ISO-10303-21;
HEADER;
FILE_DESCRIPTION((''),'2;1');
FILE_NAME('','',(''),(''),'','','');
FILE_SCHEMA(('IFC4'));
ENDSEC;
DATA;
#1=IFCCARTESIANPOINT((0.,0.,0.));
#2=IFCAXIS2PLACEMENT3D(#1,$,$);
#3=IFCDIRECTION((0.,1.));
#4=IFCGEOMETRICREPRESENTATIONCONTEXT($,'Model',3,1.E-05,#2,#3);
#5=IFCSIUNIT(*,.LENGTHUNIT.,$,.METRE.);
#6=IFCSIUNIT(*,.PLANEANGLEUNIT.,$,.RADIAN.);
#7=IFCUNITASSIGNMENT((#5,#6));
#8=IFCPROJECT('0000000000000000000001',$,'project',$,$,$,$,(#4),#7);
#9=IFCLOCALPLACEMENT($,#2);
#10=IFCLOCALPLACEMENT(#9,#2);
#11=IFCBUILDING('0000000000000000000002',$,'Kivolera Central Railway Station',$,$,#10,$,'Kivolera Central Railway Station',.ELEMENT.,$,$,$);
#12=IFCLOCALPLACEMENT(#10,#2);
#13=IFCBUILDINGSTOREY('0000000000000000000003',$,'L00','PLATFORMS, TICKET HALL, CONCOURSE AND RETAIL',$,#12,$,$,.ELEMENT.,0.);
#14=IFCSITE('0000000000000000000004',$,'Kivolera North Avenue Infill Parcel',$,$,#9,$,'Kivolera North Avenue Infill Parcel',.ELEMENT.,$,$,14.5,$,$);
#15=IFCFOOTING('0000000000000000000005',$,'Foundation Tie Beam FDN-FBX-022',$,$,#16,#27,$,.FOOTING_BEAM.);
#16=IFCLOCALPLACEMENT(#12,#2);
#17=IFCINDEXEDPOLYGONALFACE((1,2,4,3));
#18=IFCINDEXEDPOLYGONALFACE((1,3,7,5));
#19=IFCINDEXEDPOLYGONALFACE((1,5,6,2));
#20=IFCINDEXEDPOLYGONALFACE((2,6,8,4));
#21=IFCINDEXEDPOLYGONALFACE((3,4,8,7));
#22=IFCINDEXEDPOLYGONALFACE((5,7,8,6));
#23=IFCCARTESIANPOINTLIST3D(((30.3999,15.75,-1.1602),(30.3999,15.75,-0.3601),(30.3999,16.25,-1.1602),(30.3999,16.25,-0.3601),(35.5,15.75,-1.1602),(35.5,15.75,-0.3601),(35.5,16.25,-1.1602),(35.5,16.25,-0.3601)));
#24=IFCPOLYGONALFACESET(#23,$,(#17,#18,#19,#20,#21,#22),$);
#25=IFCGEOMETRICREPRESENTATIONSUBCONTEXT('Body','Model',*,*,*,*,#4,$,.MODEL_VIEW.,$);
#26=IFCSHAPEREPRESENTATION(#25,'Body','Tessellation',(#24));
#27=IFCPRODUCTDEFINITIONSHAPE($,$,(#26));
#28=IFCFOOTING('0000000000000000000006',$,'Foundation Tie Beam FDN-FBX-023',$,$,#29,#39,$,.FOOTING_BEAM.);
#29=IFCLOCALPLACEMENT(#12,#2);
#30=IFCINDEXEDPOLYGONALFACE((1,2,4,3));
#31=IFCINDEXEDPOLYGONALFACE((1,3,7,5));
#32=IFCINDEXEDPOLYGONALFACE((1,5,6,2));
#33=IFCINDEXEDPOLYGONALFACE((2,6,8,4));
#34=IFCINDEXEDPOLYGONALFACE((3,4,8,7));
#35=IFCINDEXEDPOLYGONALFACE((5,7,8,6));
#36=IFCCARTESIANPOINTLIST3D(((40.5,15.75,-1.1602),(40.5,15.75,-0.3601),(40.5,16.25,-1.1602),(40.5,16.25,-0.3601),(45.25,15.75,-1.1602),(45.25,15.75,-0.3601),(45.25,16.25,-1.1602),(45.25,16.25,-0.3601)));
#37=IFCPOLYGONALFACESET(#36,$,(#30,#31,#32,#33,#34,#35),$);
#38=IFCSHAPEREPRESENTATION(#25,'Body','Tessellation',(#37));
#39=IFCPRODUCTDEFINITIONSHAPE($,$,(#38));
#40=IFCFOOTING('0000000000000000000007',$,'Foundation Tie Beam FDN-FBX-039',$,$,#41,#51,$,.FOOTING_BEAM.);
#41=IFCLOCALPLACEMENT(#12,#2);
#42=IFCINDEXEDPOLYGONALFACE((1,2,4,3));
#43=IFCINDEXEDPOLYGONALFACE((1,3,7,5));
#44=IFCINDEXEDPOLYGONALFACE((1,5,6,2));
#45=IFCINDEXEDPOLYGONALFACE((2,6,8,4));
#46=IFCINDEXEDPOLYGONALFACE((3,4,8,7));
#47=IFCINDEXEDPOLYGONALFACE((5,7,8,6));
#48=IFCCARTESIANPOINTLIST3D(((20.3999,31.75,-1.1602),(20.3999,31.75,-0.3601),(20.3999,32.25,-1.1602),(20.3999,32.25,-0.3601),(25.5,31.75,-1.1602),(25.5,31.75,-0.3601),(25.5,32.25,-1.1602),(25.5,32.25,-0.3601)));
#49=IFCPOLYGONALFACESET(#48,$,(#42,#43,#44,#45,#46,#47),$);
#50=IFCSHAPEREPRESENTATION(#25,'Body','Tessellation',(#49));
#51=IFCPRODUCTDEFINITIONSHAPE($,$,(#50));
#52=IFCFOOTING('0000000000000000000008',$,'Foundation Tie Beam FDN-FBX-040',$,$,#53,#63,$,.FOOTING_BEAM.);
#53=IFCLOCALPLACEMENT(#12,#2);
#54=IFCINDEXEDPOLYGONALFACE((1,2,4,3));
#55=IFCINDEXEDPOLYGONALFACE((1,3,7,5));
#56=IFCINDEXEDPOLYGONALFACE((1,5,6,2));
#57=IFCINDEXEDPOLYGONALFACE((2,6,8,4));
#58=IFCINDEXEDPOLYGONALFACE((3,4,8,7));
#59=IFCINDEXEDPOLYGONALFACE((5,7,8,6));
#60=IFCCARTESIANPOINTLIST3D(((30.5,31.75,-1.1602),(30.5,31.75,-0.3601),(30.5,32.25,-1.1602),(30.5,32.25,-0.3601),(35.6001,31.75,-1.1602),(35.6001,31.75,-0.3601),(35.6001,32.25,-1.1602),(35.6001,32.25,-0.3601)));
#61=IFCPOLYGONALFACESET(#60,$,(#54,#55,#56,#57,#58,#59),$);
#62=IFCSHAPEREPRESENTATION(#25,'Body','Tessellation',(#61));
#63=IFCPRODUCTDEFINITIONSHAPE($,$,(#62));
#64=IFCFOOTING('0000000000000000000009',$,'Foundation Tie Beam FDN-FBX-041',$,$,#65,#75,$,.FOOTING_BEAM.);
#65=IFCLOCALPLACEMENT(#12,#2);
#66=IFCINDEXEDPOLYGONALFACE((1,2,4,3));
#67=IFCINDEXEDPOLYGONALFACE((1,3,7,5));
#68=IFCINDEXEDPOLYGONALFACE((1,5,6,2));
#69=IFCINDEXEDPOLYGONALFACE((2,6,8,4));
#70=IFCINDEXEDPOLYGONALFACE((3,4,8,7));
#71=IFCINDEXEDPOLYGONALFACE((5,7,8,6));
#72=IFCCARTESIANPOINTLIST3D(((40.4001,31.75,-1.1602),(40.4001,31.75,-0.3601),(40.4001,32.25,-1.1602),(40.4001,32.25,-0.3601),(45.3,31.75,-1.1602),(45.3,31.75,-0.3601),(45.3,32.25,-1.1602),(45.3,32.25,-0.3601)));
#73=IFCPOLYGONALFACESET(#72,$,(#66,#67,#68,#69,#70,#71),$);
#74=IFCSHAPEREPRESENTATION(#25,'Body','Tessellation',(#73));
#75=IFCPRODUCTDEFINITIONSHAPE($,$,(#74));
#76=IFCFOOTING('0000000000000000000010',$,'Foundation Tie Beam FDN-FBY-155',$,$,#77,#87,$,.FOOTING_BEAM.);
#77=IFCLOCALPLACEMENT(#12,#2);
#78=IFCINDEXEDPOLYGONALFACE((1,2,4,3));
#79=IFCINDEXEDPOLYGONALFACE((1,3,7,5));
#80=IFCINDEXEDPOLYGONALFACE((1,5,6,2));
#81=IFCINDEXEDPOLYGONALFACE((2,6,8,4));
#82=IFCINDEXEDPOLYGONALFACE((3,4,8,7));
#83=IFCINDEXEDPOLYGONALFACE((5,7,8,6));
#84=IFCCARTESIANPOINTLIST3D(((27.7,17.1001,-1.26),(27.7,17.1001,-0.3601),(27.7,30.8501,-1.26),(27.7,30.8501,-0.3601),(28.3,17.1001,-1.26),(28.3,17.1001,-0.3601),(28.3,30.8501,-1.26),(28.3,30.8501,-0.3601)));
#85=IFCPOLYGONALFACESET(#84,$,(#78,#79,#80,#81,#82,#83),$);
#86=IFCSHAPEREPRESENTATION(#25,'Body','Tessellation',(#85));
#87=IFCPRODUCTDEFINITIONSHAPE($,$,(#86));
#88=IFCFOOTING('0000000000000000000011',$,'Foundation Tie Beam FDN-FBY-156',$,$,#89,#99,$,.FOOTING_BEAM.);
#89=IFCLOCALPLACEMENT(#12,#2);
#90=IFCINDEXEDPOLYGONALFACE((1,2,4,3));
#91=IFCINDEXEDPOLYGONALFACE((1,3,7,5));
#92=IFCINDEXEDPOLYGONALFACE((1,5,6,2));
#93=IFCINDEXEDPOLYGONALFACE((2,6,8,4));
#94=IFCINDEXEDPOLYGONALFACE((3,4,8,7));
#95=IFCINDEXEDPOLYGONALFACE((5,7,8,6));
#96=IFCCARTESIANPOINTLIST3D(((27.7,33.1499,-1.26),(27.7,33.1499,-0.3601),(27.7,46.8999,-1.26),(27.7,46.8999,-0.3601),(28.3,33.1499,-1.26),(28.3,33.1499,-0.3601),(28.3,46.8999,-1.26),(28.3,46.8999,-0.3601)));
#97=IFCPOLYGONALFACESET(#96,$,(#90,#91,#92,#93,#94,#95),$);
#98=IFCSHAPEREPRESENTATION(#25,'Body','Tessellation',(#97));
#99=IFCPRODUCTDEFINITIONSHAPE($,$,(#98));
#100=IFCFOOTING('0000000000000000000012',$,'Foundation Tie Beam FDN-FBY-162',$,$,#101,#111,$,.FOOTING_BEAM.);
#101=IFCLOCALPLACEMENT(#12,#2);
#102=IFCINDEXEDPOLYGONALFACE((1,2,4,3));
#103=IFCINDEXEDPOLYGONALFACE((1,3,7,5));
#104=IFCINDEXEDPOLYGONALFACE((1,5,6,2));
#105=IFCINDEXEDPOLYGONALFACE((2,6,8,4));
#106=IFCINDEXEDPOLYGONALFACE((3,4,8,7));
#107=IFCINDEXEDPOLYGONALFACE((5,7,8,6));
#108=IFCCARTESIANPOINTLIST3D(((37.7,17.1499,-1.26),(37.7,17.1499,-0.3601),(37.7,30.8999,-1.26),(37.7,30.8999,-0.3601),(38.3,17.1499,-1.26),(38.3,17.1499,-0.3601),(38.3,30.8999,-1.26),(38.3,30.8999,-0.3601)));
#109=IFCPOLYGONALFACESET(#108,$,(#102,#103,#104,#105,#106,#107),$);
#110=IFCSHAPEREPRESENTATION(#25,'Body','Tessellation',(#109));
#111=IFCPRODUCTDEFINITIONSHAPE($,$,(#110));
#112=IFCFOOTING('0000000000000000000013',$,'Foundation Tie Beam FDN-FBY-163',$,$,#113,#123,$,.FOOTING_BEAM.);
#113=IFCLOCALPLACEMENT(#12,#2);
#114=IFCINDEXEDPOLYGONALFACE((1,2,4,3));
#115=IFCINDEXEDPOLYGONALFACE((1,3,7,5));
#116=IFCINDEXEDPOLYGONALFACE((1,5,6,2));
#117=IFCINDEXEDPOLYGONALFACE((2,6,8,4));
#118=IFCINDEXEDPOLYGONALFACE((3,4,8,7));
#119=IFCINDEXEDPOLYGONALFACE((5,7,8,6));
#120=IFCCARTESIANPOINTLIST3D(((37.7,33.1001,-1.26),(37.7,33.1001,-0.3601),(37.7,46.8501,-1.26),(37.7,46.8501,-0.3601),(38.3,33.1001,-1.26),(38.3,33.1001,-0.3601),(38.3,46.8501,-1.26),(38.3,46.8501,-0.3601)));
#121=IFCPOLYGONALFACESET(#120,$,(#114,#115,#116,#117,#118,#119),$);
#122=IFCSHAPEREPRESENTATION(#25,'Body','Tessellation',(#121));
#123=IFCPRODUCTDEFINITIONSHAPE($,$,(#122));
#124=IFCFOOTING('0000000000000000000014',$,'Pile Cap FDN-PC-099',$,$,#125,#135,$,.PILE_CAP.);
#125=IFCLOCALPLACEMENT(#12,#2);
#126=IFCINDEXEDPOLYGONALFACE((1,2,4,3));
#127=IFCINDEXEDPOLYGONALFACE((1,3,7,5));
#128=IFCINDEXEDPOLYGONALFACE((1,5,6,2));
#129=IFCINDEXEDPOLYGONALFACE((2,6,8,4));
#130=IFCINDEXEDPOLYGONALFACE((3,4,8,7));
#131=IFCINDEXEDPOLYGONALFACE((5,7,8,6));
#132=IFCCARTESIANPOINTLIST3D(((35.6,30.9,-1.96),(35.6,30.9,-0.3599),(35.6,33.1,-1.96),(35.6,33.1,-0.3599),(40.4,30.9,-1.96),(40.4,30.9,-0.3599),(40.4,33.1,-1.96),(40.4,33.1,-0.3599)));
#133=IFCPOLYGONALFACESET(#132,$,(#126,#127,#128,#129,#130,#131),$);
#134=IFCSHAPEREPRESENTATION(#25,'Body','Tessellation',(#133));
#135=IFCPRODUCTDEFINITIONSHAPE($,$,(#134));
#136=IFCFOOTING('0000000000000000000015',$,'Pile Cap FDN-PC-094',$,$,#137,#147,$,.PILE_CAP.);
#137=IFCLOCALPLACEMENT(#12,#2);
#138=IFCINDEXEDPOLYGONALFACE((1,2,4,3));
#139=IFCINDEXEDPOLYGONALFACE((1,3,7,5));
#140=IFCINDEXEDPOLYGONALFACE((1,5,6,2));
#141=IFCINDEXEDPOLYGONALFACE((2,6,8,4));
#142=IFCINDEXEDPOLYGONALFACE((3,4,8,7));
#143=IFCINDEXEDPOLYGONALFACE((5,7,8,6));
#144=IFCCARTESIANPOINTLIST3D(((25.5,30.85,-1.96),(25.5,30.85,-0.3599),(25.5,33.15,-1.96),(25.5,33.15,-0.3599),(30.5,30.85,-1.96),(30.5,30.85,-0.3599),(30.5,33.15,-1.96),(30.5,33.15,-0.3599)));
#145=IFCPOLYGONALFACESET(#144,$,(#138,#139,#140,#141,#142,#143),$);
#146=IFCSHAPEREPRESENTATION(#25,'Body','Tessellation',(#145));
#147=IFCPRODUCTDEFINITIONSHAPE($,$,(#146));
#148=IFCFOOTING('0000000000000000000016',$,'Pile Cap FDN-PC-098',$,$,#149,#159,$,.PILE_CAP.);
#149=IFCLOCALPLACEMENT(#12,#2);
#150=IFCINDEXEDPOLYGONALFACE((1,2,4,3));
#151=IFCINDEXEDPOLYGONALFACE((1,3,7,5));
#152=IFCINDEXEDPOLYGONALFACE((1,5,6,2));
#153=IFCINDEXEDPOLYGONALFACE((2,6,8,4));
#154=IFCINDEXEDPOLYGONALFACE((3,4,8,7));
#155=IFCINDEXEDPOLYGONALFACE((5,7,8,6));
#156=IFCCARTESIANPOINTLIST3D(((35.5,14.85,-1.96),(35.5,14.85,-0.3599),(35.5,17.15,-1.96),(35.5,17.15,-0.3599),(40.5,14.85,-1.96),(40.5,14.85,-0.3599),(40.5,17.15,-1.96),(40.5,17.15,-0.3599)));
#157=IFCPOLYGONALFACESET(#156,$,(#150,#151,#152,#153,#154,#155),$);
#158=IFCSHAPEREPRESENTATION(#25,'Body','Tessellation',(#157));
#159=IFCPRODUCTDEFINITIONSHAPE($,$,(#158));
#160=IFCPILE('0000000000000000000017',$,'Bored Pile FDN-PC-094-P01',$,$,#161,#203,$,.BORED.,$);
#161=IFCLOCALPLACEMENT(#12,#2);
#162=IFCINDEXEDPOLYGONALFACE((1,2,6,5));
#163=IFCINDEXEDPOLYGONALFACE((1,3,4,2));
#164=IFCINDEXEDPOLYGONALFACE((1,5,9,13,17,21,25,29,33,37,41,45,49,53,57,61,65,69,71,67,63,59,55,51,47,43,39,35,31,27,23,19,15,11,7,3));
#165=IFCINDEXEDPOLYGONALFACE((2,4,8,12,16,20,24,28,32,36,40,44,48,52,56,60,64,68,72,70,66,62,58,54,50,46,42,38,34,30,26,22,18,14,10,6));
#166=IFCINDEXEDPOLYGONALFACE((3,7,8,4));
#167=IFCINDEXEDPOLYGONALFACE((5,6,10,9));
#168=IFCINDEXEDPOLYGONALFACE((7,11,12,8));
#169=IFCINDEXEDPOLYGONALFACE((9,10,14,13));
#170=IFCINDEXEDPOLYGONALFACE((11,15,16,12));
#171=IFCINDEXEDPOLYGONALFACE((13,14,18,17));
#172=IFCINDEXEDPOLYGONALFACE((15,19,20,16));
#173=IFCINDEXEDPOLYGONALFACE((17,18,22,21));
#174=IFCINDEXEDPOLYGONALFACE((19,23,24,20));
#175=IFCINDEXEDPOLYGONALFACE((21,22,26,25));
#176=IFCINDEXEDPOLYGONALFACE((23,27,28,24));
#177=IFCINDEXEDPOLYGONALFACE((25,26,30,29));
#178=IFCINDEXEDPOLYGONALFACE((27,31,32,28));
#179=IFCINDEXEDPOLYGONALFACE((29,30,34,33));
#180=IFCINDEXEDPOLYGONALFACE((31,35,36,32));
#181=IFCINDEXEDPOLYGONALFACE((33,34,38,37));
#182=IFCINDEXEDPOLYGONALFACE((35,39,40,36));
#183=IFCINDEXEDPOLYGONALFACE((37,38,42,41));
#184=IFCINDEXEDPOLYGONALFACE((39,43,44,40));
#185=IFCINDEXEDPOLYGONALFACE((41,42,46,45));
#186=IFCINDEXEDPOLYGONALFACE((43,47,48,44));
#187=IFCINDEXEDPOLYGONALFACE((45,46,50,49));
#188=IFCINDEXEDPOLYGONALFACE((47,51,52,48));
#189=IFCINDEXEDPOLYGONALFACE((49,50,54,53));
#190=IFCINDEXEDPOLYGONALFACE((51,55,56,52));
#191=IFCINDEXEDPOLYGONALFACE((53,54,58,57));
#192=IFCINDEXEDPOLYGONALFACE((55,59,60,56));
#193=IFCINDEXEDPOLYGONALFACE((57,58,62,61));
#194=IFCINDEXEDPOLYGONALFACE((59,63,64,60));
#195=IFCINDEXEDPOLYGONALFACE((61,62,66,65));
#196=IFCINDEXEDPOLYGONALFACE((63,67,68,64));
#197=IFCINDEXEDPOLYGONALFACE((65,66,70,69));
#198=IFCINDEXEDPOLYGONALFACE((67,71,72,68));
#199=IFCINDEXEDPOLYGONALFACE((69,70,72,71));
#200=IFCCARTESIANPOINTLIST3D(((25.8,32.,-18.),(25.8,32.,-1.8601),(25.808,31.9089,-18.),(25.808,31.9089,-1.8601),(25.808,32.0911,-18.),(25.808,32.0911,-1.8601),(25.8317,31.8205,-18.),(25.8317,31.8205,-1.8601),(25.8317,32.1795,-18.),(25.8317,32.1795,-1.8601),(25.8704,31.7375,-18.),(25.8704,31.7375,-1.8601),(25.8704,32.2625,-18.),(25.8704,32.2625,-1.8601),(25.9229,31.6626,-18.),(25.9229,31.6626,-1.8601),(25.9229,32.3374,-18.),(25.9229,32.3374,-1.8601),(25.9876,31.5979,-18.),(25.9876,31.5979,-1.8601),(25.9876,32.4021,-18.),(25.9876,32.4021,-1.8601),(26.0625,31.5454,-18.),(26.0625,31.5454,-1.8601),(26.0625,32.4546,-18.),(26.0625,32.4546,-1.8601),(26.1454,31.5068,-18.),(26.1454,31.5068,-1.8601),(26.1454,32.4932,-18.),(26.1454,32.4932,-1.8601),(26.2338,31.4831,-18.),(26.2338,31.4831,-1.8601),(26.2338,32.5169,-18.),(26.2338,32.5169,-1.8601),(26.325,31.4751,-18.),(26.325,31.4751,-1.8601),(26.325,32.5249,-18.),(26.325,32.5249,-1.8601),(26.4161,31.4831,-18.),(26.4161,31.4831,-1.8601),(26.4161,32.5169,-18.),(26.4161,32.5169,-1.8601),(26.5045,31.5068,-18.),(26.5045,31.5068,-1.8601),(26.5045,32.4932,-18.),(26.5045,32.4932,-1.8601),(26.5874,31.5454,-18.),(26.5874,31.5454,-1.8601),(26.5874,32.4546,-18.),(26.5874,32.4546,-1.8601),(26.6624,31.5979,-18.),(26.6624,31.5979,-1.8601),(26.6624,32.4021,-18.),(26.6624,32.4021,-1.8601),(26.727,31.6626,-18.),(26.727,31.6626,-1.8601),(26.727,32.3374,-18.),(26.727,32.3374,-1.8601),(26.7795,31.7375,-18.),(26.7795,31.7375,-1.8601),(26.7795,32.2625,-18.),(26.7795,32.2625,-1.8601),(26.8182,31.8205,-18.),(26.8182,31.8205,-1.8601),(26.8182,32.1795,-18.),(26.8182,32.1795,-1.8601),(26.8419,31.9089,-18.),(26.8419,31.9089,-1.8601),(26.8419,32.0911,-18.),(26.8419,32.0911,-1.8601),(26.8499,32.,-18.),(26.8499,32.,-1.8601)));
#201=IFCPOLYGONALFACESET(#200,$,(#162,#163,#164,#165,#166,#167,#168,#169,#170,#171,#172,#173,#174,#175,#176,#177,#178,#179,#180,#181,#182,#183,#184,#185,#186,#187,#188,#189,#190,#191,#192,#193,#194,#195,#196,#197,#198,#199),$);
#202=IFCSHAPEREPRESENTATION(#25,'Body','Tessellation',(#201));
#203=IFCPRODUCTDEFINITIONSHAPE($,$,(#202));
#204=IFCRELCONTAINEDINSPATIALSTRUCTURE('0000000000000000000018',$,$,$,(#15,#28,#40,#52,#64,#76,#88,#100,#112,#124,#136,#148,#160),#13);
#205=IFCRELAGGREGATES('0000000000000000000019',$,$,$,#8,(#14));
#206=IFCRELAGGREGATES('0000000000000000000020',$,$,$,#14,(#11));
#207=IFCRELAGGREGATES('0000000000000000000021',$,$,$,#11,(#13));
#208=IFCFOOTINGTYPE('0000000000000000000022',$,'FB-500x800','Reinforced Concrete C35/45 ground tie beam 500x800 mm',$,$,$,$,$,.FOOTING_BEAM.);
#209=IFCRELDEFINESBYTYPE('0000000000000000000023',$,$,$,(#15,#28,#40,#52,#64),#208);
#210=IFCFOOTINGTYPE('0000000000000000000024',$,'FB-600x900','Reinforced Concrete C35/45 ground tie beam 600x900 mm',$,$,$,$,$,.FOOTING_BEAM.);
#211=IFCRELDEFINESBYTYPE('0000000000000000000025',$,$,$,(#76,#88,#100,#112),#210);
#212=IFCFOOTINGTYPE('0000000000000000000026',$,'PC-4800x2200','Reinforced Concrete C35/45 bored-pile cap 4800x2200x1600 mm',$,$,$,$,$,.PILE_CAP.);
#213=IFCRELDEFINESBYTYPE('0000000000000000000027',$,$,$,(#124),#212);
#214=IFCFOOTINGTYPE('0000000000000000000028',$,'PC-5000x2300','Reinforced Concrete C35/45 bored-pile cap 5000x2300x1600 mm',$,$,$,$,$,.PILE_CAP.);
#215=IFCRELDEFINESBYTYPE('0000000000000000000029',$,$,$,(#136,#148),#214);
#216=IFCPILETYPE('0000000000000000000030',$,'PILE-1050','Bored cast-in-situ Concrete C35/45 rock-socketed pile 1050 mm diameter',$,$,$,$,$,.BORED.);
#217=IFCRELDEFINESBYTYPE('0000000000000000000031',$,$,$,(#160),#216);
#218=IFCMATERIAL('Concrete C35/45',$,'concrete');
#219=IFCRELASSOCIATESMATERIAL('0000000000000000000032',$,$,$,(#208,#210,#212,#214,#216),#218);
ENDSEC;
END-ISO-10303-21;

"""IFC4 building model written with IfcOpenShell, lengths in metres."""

from ifc_helpers import new_model, si_unit, direction, frame, origin, origin_2d, place, context, subcontext, project, spatial, rectangle, circle, extrude, material, material_profile, profile_set, type_object, element, save


model = new_model("IFC4")

# Units and contexts
model_context = context("Model", 3, precision=1e-05, world=origin(), true_north=direction((0.0, 1.0)))
body_context = subcontext(model_context, "Body", "Model", "MODEL_VIEW")
ifc_project = project(units=[si_unit("LENGTHUNIT", "METRE"), si_unit("PLANEANGLEUNIT", "RADIAN")], contexts=[model_context])

# Site, building, storey
site_placement = place(None, origin())
site = spatial("IfcSite", under=ifc_project, at=site_placement, Name="Kivolera North Avenue Infill Parcel", LongName="Kivolera North Avenue Infill Parcel", CompositionType="ELEMENT", RefElevation=14.5)
building_placement = place(site_placement, origin())
building = spatial("IfcBuilding", under=site, at=building_placement, Name="Kivolera Central Railway Station", LongName="Kivolera Central Railway Station", CompositionType="ELEMENT")
storey_placement = place(building_placement, origin())
storey = spatial("IfcBuildingStorey", under=building, at=storey_placement, Name="L00", Description="PLATFORMS, TICKET HALL, CONCOURSE AND RETAIL", CompositionType="ELEMENT", Elevation=0.0)

# Footings
ifc_material_1 = material(Name="Concrete C35/45", Category="concrete")
footing_type_1 = type_object("IfcFootingType", Name="FB-500x800", Description="Reinforced Concrete C35/45 ground tie beam 500x800 mm", PredefinedType="FOOTING_BEAM", material=ifc_material_1)
footing_1_placement = place(storey_placement, frame((32.95, 16.0, -1.1602), z_axis=(0.0, 0.0, 1.0), x_axis=(1.0, 0.0, 0.0)))
element("IfcFooting", 1, at=footing_1_placement, inside=storey, type_object=footing_type_1, Name="Foundation Tie Beam FDN-FBX-022", PredefinedType="FOOTING_BEAM", context=body_context, shape_type="SweptSolid", body=[
    extrude(rectangle(XDim=5.1001, YDim=0.5, at=origin_2d()), origin(), (0.0, 0.0, 1.0), 0.8),
])
footing_2_placement = place(storey_placement, frame((42.875, 16.0, -1.1602), z_axis=(0.0, 0.0, 1.0), x_axis=(1.0, 0.0, 0.0)))
element("IfcFooting", 2, at=footing_2_placement, inside=storey, type_object=footing_type_1, Name="Foundation Tie Beam FDN-FBX-023", PredefinedType="FOOTING_BEAM", context=body_context, shape_type="SweptSolid", body=[
    extrude(rectangle(XDim=4.75, YDim=0.5, at=origin_2d()), origin(), (0.0, 0.0, 1.0), 0.8),
])
for number, where, z_axis, x_axis, name in (
    (3, (22.95, 32.0, -1.1602), (0.0, 0.0, 1.0), (1.0, 0.0, 0.0), "Foundation Tie Beam FDN-FBX-039"),
    (4, (33.05, 32.0, -1.1602), (0.0, 0.0, 1.0), (1.0, 0.0, 0.0), "Foundation Tie Beam FDN-FBX-040"),
):
    element("IfcFooting", number, at=place(storey_placement, frame(where, z_axis=z_axis, x_axis=x_axis)), inside=storey, type_object=footing_type_1, Name=name, PredefinedType="FOOTING_BEAM", context=body_context, shape_type="SweptSolid", body=[
        extrude(rectangle(XDim=5.1001, YDim=0.5, at=origin_2d()), origin(), (0.0, 0.0, 1.0), 0.8),
    ])
footing_3_placement = place(storey_placement, frame((42.8501, 32.0, -1.1602), z_axis=(0.0, 0.0, 1.0), x_axis=(1.0, 0.0, 0.0)))
element("IfcFooting", 5, at=footing_3_placement, inside=storey, type_object=footing_type_1, Name="Foundation Tie Beam FDN-FBX-041", PredefinedType="FOOTING_BEAM", context=body_context, shape_type="SweptSolid", body=[
    extrude(rectangle(XDim=4.8999, YDim=0.5, at=origin_2d()), origin(), (0.0, 0.0, 1.0), 0.8),
])
footing_type_2 = type_object("IfcFootingType", Name="FB-600x900", Description="Reinforced Concrete C35/45 ground tie beam 600x900 mm", PredefinedType="FOOTING_BEAM", material=ifc_material_1)
for number, where, z_axis, x_axis, name in (
    (6, (28.0, 23.9751, -1.26), (0.0, 0.0, 1.0), (1.0, 0.0, 0.0), "Foundation Tie Beam FDN-FBY-155"),
    (7, (28.0, 40.0249, -1.26), (0.0, 0.0, 1.0), (1.0, 0.0, 0.0), "Foundation Tie Beam FDN-FBY-156"),
    (8, (38.0, 24.0249, -1.26), (0.0, 0.0, 1.0), (1.0, 0.0, 0.0), "Foundation Tie Beam FDN-FBY-162"),
    (9, (38.0, 39.9751, -1.26), (0.0, 0.0, 1.0), (1.0, 0.0, 0.0), "Foundation Tie Beam FDN-FBY-163"),
):
    element("IfcFooting", number, at=place(storey_placement, frame(where, z_axis=z_axis, x_axis=x_axis)), inside=storey, type_object=footing_type_2, Name=name, PredefinedType="FOOTING_BEAM", context=body_context, shape_type="SweptSolid", body=[
        extrude(rectangle(XDim=0.6001, YDim=13.75, at=origin_2d()), origin(), (0.0, 0.0, 1.0), 0.8999),
    ])
footing_type_3 = type_object("IfcFootingType", Name="PC-4800x2200", Description="Reinforced Concrete C35/45 bored-pile cap 4800x2200x1600 mm", PredefinedType="PILE_CAP", material=ifc_material_1)
footing_4_placement = place(storey_placement, frame((38.0, 32.0, -1.96), z_axis=(0.0, 0.0, 1.0), x_axis=(1.0, 0.0, 0.0)))
element("IfcFooting", 10, at=footing_4_placement, inside=storey, type_object=footing_type_3, Name="Pile Cap FDN-PC-099", PredefinedType="PILE_CAP", context=body_context, shape_type="SweptSolid", body=[
    extrude(rectangle(XDim=4.8, YDim=2.2, at=origin_2d()), origin(), (0.0, 0.0, 1.0), 1.6001),
])
footing_type_4 = type_object("IfcFootingType", Name="PC-5000x2300", Description="Reinforced Concrete C35/45 bored-pile cap 5000x2300x1600 mm", PredefinedType="PILE_CAP", material=ifc_material_1)
for number, where, z_axis, x_axis, name in (
    (11, (28.0, 32.0, -1.96), (0.0, 0.0, 1.0), (1.0, 0.0, 0.0), "Pile Cap FDN-PC-094"),
    (12, (38.0, 16.0, -1.96), (0.0, 0.0, 1.0), (1.0, 0.0, 0.0), "Pile Cap FDN-PC-098"),
):
    element("IfcFooting", number, at=place(storey_placement, frame(where, z_axis=z_axis, x_axis=x_axis)), inside=storey, type_object=footing_type_4, Name=name, PredefinedType="PILE_CAP", context=body_context, shape_type="SweptSolid", body=[
        extrude(rectangle(XDim=5.0, YDim=2.3, at=origin_2d()), origin(), (0.0, 0.0, 1.0), 1.6001),
    ])

# Pile
ifc_material_profile_1 = material_profile(ifc_material_1, circle(Radius=0.5249, at=origin_2d()), Name="PILE D1050")
ifc_profile_set_1 = profile_set([ifc_material_profile_1], Name="Concrete C35/45")
pile_type = type_object("IfcPileType", Name="PILE-1050", Description="Bored cast-in-situ Concrete C35/45 rock-socketed pile 1050 mm diameter", PredefinedType="BORED", material=ifc_profile_set_1)
for number, where, z_axis, x_axis, name in (
    (13, (26.325, 32.0, -1.8601), (0.0, 0.0, -1.0), (1.0, 0.0, 0.0), "Bored Pile FDN-PC-094-P01"),
):
    element("IfcPile", number, at=place(storey_placement, frame(where, z_axis=z_axis, x_axis=x_axis)), inside=storey, type_object=pile_type, Name=name, PredefinedType="BORED", context=body_context, shape_type="SweptSolid", body=[
        extrude(circle(Radius=0.5249, at=origin_2d()), origin(), (0.0, 0.0, 1.0), 16.1399),
    ])

save(model, "model.ifc")
